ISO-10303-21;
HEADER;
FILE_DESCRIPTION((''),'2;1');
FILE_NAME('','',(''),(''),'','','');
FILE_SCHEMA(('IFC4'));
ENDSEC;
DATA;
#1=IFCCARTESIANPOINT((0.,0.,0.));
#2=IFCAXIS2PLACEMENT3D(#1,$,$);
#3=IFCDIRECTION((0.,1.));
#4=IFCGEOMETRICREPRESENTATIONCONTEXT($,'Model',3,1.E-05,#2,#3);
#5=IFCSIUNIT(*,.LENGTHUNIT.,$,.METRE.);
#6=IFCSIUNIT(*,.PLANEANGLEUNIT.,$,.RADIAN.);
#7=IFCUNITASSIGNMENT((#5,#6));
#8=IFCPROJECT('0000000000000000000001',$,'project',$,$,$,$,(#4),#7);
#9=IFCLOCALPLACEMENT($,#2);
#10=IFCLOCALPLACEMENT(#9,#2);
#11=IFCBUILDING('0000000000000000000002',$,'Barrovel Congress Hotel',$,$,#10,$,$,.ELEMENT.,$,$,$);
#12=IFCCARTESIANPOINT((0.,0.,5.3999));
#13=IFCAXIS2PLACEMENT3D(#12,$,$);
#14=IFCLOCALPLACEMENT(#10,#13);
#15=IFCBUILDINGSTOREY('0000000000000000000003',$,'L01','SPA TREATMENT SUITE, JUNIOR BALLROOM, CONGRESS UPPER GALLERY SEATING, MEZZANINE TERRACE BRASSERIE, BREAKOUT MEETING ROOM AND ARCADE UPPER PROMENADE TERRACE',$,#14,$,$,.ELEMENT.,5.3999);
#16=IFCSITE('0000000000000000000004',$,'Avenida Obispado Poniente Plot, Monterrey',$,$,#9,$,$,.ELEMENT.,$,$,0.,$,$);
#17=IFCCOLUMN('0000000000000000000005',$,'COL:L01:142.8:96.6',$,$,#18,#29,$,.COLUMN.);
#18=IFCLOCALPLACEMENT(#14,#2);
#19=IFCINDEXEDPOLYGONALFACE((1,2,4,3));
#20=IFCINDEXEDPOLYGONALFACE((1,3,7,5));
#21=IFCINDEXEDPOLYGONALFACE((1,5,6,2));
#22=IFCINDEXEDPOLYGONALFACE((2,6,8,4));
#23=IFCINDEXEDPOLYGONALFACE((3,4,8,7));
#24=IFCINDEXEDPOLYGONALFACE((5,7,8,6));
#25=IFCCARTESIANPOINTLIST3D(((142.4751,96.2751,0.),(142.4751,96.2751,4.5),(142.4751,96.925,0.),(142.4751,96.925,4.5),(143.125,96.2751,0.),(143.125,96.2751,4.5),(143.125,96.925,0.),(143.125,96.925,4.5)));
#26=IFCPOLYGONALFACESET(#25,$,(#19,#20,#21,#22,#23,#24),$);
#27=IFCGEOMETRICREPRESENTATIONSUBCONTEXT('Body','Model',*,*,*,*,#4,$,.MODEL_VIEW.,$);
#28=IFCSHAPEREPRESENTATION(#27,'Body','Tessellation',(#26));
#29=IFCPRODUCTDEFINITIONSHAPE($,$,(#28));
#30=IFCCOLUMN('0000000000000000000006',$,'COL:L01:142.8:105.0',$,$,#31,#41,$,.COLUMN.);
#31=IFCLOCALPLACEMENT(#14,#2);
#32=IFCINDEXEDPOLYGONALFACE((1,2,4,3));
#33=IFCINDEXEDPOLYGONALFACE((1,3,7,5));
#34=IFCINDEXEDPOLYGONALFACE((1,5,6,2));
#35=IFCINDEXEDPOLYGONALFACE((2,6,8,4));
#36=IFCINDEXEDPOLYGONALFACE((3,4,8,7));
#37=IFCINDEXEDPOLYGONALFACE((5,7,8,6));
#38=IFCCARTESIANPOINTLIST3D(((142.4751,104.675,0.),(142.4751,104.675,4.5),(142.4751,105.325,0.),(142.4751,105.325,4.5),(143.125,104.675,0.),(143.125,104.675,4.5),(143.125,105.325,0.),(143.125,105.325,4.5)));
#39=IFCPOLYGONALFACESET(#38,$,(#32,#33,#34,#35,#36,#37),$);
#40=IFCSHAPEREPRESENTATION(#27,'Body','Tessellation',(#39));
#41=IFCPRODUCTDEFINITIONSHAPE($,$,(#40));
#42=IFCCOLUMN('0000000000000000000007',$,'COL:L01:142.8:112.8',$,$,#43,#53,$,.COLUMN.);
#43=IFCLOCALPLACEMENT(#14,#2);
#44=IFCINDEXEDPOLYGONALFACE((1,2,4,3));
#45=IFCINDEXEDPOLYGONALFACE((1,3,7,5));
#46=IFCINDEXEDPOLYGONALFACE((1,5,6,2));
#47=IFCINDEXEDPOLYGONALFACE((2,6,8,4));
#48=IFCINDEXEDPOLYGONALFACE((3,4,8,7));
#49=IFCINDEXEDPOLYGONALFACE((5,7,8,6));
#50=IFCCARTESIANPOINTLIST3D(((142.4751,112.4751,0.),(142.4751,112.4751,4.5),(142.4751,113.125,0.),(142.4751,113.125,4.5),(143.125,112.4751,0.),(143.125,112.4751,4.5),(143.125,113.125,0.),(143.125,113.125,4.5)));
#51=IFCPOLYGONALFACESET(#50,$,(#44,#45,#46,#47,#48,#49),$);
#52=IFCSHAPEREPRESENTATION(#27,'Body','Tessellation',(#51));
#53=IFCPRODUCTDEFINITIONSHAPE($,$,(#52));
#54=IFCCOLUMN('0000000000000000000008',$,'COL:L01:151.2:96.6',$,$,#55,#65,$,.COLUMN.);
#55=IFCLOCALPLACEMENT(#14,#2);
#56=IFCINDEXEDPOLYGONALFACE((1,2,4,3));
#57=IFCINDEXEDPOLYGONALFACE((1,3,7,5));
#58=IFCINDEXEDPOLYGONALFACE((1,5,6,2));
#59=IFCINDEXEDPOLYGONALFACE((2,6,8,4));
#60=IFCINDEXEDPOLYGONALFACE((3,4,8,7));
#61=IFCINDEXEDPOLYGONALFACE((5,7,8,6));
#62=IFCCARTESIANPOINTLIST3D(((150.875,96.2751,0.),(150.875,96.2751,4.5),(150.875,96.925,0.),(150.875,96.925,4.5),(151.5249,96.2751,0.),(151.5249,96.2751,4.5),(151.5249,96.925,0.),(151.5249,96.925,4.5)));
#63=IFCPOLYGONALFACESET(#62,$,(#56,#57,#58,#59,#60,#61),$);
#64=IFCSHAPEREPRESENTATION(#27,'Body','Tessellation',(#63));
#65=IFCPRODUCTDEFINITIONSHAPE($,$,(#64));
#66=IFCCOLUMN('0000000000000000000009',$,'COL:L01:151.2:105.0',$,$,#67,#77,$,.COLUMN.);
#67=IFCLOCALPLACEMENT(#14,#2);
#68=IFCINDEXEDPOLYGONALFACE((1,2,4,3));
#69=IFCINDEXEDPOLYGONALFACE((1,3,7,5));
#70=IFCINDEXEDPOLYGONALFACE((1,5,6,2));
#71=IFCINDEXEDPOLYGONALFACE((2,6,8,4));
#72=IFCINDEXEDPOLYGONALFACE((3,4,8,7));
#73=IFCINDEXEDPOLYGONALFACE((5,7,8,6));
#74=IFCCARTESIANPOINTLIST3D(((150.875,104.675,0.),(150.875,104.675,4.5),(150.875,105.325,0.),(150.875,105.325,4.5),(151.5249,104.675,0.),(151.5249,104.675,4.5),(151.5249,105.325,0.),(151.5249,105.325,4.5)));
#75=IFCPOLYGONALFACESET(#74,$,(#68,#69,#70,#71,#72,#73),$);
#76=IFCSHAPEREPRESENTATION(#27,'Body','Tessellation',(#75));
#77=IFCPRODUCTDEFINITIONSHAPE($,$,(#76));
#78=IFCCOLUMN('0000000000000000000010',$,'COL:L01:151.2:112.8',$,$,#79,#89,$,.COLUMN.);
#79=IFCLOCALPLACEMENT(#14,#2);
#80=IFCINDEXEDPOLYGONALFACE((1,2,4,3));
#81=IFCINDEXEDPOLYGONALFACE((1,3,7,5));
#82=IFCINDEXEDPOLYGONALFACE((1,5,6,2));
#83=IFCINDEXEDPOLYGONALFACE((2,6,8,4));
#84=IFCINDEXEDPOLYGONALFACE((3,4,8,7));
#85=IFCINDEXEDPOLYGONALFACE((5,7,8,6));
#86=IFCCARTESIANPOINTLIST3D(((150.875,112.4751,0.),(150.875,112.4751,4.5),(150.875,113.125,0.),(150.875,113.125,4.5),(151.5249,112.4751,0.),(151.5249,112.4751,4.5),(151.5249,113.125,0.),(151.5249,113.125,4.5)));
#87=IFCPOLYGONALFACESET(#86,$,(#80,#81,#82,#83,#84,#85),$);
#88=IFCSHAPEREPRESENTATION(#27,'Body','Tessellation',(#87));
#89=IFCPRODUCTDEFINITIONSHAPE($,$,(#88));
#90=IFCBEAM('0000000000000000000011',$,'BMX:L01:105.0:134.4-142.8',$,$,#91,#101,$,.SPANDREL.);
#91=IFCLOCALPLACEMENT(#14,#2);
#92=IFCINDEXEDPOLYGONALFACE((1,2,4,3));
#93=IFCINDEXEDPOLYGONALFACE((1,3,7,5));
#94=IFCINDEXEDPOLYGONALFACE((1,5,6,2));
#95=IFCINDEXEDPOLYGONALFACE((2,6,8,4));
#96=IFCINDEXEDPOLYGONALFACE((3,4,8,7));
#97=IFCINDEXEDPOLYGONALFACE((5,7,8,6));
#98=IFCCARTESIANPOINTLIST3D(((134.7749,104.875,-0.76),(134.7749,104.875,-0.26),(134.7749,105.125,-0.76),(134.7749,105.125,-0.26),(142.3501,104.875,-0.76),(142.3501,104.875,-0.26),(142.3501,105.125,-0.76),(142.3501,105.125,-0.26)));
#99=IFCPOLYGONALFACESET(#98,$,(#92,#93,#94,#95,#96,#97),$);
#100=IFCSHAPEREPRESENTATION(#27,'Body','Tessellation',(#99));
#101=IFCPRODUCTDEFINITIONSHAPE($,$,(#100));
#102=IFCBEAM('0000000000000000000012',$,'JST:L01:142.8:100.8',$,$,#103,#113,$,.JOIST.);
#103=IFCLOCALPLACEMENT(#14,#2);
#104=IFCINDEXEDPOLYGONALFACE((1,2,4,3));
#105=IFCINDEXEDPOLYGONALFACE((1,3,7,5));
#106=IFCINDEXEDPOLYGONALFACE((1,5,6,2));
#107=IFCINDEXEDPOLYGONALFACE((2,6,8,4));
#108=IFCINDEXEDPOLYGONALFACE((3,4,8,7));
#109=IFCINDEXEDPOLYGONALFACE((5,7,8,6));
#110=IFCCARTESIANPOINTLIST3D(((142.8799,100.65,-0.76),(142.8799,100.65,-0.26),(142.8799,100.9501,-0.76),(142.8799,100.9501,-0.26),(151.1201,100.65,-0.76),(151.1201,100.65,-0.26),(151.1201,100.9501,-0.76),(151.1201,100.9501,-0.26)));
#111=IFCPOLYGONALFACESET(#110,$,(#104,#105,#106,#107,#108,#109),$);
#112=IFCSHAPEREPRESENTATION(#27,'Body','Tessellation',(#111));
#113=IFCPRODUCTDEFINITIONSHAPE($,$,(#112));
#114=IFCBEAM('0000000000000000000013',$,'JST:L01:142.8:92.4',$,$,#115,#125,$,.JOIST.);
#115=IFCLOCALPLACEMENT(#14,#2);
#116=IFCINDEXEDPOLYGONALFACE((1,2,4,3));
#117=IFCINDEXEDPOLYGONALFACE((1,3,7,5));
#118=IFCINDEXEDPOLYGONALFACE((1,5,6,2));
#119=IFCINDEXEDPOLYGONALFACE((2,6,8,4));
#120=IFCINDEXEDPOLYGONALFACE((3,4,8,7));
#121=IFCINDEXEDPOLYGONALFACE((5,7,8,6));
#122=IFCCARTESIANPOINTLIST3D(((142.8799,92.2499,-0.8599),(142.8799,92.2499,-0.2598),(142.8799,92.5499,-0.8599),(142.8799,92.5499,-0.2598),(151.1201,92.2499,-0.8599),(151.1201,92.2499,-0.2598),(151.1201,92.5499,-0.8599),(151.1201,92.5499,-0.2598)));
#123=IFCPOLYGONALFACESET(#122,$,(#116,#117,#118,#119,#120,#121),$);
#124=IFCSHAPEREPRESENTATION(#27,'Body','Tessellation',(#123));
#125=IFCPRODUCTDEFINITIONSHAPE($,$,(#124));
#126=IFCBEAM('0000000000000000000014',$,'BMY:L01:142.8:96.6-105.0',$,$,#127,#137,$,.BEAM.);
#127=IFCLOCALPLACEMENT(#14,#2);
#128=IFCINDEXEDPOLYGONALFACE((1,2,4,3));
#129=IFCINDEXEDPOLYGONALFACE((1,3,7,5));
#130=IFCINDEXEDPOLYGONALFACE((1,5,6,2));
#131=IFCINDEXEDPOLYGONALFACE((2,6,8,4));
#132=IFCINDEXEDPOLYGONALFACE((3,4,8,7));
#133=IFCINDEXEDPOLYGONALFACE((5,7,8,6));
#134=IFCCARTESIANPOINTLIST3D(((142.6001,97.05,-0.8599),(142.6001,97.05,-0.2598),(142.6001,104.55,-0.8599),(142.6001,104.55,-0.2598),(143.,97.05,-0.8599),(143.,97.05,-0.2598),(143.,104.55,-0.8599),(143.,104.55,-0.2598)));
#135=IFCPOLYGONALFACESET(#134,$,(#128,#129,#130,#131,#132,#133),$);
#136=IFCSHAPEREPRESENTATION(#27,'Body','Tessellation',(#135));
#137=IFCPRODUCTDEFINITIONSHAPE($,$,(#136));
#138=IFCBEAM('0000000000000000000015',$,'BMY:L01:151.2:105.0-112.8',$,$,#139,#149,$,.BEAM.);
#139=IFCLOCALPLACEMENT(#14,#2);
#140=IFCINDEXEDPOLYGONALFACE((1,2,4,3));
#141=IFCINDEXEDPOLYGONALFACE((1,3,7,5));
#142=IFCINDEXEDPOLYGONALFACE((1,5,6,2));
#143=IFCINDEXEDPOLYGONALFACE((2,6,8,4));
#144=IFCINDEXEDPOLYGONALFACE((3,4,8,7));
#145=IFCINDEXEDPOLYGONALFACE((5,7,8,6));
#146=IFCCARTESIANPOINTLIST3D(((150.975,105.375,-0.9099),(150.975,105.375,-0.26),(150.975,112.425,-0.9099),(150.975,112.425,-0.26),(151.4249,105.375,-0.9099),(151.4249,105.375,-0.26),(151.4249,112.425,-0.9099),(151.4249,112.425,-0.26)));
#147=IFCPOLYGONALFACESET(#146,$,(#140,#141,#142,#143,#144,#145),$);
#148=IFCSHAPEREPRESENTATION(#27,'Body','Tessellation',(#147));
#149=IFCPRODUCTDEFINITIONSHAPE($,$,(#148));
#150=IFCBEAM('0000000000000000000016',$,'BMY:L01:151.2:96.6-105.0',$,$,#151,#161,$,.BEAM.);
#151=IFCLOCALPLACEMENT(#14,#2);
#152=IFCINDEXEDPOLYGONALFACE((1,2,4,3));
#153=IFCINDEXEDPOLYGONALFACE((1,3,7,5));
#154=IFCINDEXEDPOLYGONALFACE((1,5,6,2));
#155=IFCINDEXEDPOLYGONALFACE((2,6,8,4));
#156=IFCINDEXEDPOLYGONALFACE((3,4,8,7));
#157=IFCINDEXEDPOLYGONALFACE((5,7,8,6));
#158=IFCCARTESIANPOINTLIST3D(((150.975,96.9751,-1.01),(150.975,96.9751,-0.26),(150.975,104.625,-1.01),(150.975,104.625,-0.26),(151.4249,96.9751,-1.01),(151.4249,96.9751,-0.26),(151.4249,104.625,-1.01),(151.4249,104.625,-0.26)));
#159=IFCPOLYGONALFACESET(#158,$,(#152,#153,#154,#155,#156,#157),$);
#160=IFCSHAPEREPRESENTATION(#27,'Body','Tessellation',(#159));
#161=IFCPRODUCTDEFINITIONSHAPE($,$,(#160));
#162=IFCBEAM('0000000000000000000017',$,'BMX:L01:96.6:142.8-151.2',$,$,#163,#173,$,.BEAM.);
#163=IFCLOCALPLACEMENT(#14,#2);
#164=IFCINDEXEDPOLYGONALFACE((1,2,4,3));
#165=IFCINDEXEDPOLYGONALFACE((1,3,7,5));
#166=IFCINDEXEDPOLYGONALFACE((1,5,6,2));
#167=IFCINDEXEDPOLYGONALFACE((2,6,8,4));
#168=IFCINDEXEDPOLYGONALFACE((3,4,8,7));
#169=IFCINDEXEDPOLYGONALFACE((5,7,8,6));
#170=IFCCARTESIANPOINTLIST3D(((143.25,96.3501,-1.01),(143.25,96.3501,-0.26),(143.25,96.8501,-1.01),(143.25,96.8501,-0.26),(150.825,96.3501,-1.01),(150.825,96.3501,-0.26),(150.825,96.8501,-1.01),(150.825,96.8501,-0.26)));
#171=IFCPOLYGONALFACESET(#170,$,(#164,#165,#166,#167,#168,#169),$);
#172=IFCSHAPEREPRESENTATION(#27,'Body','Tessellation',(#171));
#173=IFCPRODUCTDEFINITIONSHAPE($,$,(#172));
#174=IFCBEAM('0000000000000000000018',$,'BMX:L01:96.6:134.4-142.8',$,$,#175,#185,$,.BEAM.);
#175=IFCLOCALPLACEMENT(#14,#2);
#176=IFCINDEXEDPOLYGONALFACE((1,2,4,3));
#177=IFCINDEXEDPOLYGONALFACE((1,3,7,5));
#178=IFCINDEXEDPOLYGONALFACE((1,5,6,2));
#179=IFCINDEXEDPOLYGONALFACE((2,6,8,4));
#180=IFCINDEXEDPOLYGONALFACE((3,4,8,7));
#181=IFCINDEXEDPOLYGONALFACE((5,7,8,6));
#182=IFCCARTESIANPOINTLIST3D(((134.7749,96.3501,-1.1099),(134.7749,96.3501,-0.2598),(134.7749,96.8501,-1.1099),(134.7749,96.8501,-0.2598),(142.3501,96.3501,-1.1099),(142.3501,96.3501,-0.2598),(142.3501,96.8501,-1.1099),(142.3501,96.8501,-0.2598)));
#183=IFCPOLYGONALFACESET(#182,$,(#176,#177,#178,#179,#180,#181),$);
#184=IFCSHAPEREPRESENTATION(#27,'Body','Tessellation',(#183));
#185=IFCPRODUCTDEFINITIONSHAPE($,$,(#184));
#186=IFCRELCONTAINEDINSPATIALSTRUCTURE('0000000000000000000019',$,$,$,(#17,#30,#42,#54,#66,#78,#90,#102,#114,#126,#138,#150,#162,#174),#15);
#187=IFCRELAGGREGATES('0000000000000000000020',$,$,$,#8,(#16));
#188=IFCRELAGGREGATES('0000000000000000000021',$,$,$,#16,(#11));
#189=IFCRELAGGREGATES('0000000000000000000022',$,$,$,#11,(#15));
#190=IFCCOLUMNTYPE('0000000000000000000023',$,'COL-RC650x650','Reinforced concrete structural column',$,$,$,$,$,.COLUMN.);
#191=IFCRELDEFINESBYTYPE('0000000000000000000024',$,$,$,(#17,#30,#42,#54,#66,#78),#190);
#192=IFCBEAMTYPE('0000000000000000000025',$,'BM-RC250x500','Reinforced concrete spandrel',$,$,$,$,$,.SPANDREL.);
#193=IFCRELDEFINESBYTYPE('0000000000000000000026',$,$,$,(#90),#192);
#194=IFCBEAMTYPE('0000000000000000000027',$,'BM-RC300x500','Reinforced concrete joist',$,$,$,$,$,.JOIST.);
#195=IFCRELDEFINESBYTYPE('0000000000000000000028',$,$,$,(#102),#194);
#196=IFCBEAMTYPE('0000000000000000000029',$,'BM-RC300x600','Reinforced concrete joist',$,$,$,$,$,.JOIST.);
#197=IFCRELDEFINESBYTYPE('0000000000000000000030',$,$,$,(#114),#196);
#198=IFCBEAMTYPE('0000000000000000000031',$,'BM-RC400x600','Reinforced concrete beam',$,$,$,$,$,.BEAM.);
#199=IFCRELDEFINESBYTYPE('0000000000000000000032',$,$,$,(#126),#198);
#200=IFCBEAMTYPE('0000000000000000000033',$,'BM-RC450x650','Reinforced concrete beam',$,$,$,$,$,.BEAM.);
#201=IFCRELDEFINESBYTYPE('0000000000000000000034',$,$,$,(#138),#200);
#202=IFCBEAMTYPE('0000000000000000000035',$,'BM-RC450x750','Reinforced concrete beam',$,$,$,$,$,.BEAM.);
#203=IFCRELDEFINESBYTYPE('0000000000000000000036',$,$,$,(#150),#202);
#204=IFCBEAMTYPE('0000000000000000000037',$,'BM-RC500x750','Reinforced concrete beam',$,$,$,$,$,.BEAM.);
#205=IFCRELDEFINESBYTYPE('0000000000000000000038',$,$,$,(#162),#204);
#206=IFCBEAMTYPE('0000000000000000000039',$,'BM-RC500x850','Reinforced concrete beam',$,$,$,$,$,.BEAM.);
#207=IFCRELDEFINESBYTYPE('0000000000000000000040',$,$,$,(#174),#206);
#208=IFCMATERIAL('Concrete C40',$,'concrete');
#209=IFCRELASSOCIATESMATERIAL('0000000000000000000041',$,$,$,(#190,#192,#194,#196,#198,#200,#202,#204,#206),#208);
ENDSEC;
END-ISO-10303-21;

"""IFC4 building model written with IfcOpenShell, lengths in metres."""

from ifc_helpers import new_model, si_unit, direction, frame, origin, origin_2d, place, context, subcontext, project, spatial, rectangle, extrude, material, material_profile, profile_set, type_object, element, save


model = new_model("IFC4")

# Units and contexts
model_context = context("Model", 3, precision=1e-05, world=origin(), true_north=direction((0.0, 1.0)))
body_context = subcontext(model_context, "Body", "Model", "MODEL_VIEW")
ifc_project = project(units=[si_unit("LENGTHUNIT", "METRE"), si_unit("PLANEANGLEUNIT", "RADIAN")], contexts=[model_context])

# Site, building, storey
site_placement = place(None, origin())
site = spatial("IfcSite", under=ifc_project, at=site_placement, Name="Avenida Obispado Poniente Plot, Monterrey", CompositionType="ELEMENT", RefElevation=0.0)
building_placement = place(site_placement, origin())
building = spatial("IfcBuilding", under=site, at=building_placement, Name="Barrovel Congress Hotel", CompositionType="ELEMENT")
storey_placement = place(building_placement, frame((0.0, 0.0, 5.3999)))
storey = spatial("IfcBuildingStorey", under=building, at=storey_placement, Name="L01", Description="SPA TREATMENT SUITE, JUNIOR BALLROOM, CONGRESS UPPER GALLERY SEATING, MEZZANINE TERRACE BRASSERIE, BREAKOUT MEETING ROOM AND ARCADE UPPER PROMENADE TERRACE", CompositionType="ELEMENT", Elevation=5.3999)

# Columns
ifc_material_1 = material(Name="Concrete C40", Category="concrete")
ifc_material_profile_1 = material_profile(ifc_material_1, rectangle(XDim=0.6499, YDim=0.6499, at=origin_2d()), Name="RC650x650")
ifc_profile_set_1 = profile_set([ifc_material_profile_1], Name="Concrete C40")
column_type = type_object("IfcColumnType", Name="COL-RC650x650", Description="Reinforced concrete structural column", PredefinedType="COLUMN", material=ifc_profile_set_1)
for number, where, z_axis, x_axis, name in (
    (1, (142.8, 96.6001, 0.0), (0.0, 0.0, 1.0), (1.0, 0.0, 0.0), "COL:L01:142.8:96.6"),
    (2, (142.8, 105.0, 0.0), (0.0, 0.0, 1.0), (1.0, 0.0, 0.0), "COL:L01:142.8:105.0"),
    (3, (142.8, 112.8, 0.0), (0.0, 0.0, 1.0), (1.0, 0.0, 0.0), "COL:L01:142.8:112.8"),
    (4, (151.2, 96.6001, 0.0), (0.0, 0.0, 1.0), (1.0, 0.0, 0.0), "COL:L01:151.2:96.6"),
    (5, (151.2, 105.0, 0.0), (0.0, 0.0, 1.0), (1.0, 0.0, 0.0), "COL:L01:151.2:105.0"),
    (6, (151.2, 112.8, 0.0), (0.0, 0.0, 1.0), (1.0, 0.0, 0.0), "COL:L01:151.2:112.8"),
):
    element("IfcColumn", number, at=place(storey_placement, frame(where, z_axis=z_axis, x_axis=x_axis)), inside=storey, type_object=column_type, Name=name, PredefinedType="COLUMN", context=body_context, shape_type="SweptSolid", body=[
        extrude(rectangle(XDim=0.6499, YDim=0.6499, at=origin_2d()), origin(), (0.0, 0.0, 1.0), 4.5),
    ])

# Beams
ifc_material_profile_2 = material_profile(ifc_material_1, rectangle(XDim=0.25, YDim=0.5, at=origin_2d()), Name="RC250x500")
ifc_profile_set_2 = profile_set([ifc_material_profile_2], Name="Concrete C40")
beam_type_1 = type_object("IfcBeamType", Name="BM-RC250x500", Description="Reinforced concrete spandrel", PredefinedType="SPANDREL", material=ifc_profile_set_2)
beam_1_placement = place(storey_placement, frame((134.7749, 105.0, -0.51), z_axis=(1.0, 0.0, 0.0), x_axis=(0.0, 1.0, 0.0)))
element("IfcBeam", 7, at=beam_1_placement, inside=storey, type_object=beam_type_1, Name="BMX:L01:105.0:134.4-142.8", PredefinedType="SPANDREL", context=body_context, shape_type="SweptSolid", body=[
    extrude(rectangle(XDim=0.25, YDim=0.5, at=origin_2d()), origin(), (0.0, 0.0, 1.0), 7.5752),
])
ifc_material_profile_3 = material_profile(ifc_material_1, rectangle(XDim=0.3, YDim=0.5, at=origin_2d()), Name="RC300x500")
ifc_profile_set_3 = profile_set([ifc_material_profile_3], Name="Concrete C40")
beam_type_2 = type_object("IfcBeamType", Name="BM-RC300x500", Description="Reinforced concrete joist", PredefinedType="JOIST", material=ifc_profile_set_3)
beam_2_placement = place(storey_placement, frame((142.8799, 100.8, -0.51), z_axis=(1.0, 0.0, 0.0), x_axis=(0.0, 1.0, 0.0)))
element("IfcBeam", 8, at=beam_2_placement, inside=storey, type_object=beam_type_2, Name="JST:L01:142.8:100.8", PredefinedType="JOIST", context=body_context, shape_type="SweptSolid", body=[
    extrude(rectangle(XDim=0.3, YDim=0.5, at=origin_2d()), origin(), (0.0, 0.0, 1.0), 8.2402),
])
ifc_material_profile_4 = material_profile(ifc_material_1, rectangle(XDim=0.3, YDim=0.6001, at=origin_2d()), Name="RC300x600")
ifc_profile_set_4 = profile_set([ifc_material_profile_4], Name="Concrete C40")
beam_type_3 = type_object("IfcBeamType", Name="BM-RC300x600", Description="Reinforced concrete joist", PredefinedType="JOIST", material=ifc_profile_set_4)
beam_3_placement = place(storey_placement, frame((142.8799, 92.3999, -0.5598), z_axis=(1.0, 0.0, 0.0), x_axis=(0.0, 1.0, 0.0)))
element("IfcBeam", 9, at=beam_3_placement, inside=storey, type_object=beam_type_3, Name="JST:L01:142.8:92.4", PredefinedType="JOIST", context=body_context, shape_type="SweptSolid", body=[
    extrude(rectangle(XDim=0.3, YDim=0.6001, at=origin_2d()), origin(), (0.0, 0.0, 1.0), 8.2402),
])
ifc_material_profile_5 = material_profile(ifc_material_1, rectangle(XDim=0.3999, YDim=0.6001, at=origin_2d()), Name="RC400x600")
ifc_profile_set_5 = profile_set([ifc_material_profile_5], Name="Concrete C40")
beam_type_4 = type_object("IfcBeamType", Name="BM-RC400x600", Description="Reinforced concrete beam", PredefinedType="BEAM", material=ifc_profile_set_5)
beam_4_placement = place(storey_placement, frame((142.8, 97.05, -0.5598), z_axis=(0.0, 1.0, 0.0), x_axis=(-1.0, 0.0, 0.0)))
element("IfcBeam", 10, at=beam_4_placement, inside=storey, type_object=beam_type_4, Name="BMY:L01:142.8:96.6-105.0", PredefinedType="BEAM", context=body_context, shape_type="SweptSolid", body=[
    extrude(rectangle(XDim=0.3999, YDim=0.6001, at=origin_2d()), origin(), (0.0, 0.0, 1.0), 7.5),
])
ifc_material_profile_6 = material_profile(ifc_material_1, rectangle(XDim=0.45, YDim=0.6499, at=origin_2d()), Name="RC450x650")
ifc_profile_set_6 = profile_set([ifc_material_profile_6], Name="Concrete C40")
beam_type_5 = type_object("IfcBeamType", Name="BM-RC450x650", Description="Reinforced concrete beam", PredefinedType="BEAM", material=ifc_profile_set_6)
beam_5_placement = place(storey_placement, frame((151.2, 105.375, -0.585), z_axis=(0.0, 1.0, 0.0), x_axis=(-1.0, 0.0, 0.0)))
element("IfcBeam", 11, at=beam_5_placement, inside=storey, type_object=beam_type_5, Name="BMY:L01:151.2:105.0-112.8", PredefinedType="BEAM", context=body_context, shape_type="SweptSolid", body=[
    extrude(rectangle(XDim=0.45, YDim=0.6499, at=origin_2d()), origin(), (0.0, 0.0, 1.0), 7.05),
])
ifc_material_profile_7 = material_profile(ifc_material_1, rectangle(XDim=0.45, YDim=0.75, at=origin_2d()), Name="RC450x750")
ifc_profile_set_7 = profile_set([ifc_material_profile_7], Name="Concrete C40")
beam_type_6 = type_object("IfcBeamType", Name="BM-RC450x750", Description="Reinforced concrete beam", PredefinedType="BEAM", material=ifc_profile_set_7)
beam_6_placement = place(storey_placement, frame((151.2, 96.9751, -0.635), z_axis=(0.0, 1.0, 0.0), x_axis=(-1.0, 0.0, 0.0)))
element("IfcBeam", 12, at=beam_6_placement, inside=storey, type_object=beam_type_6, Name="BMY:L01:151.2:96.6-105.0", PredefinedType="BEAM", context=body_context, shape_type="SweptSolid", body=[
    extrude(rectangle(XDim=0.45, YDim=0.75, at=origin_2d()), origin(), (0.0, 0.0, 1.0), 7.6499),
])
ifc_material_profile_8 = material_profile(ifc_material_1, rectangle(XDim=0.5, YDim=0.75, at=origin_2d()), Name="RC500x750")
ifc_profile_set_8 = profile_set([ifc_material_profile_8], Name="Concrete C40")
beam_type_7 = type_object("IfcBeamType", Name="BM-RC500x750", Description="Reinforced concrete beam", PredefinedType="BEAM", material=ifc_profile_set_8)
beam_7_placement = place(storey_placement, frame((143.25, 96.6001, -0.635), z_axis=(1.0, 0.0, 0.0), x_axis=(0.0, 1.0, 0.0)))
element("IfcBeam", 13, at=beam_7_placement, inside=storey, type_object=beam_type_7, Name="BMX:L01:96.6:142.8-151.2", PredefinedType="BEAM", context=body_context, shape_type="SweptSolid", body=[
    extrude(rectangle(XDim=0.5, YDim=0.75, at=origin_2d()), origin(), (0.0, 0.0, 1.0), 7.575),
])
ifc_material_profile_9 = material_profile(ifc_material_1, rectangle(XDim=0.5, YDim=0.8501, at=origin_2d()), Name="RC500x850")
ifc_profile_set_9 = profile_set([ifc_material_profile_9], Name="Concrete C40")
beam_type_8 = type_object("IfcBeamType", Name="BM-RC500x850", Description="Reinforced concrete beam", PredefinedType="BEAM", material=ifc_profile_set_9)
beam_8_placement = place(storey_placement, frame((134.7749, 96.6001, -0.6848), z_axis=(1.0, 0.0, 0.0), x_axis=(0.0, 1.0, 0.0)))
element("IfcBeam", 14, at=beam_8_placement, inside=storey, type_object=beam_type_8, Name="BMX:L01:96.6:134.4-142.8", PredefinedType="BEAM", context=body_context, shape_type="SweptSolid", body=[
    extrude(rectangle(XDim=0.5, YDim=0.8501, at=origin_2d()), origin(), (0.0, 0.0, 1.0), 7.5752),
])

save(model, "model.ifc")
